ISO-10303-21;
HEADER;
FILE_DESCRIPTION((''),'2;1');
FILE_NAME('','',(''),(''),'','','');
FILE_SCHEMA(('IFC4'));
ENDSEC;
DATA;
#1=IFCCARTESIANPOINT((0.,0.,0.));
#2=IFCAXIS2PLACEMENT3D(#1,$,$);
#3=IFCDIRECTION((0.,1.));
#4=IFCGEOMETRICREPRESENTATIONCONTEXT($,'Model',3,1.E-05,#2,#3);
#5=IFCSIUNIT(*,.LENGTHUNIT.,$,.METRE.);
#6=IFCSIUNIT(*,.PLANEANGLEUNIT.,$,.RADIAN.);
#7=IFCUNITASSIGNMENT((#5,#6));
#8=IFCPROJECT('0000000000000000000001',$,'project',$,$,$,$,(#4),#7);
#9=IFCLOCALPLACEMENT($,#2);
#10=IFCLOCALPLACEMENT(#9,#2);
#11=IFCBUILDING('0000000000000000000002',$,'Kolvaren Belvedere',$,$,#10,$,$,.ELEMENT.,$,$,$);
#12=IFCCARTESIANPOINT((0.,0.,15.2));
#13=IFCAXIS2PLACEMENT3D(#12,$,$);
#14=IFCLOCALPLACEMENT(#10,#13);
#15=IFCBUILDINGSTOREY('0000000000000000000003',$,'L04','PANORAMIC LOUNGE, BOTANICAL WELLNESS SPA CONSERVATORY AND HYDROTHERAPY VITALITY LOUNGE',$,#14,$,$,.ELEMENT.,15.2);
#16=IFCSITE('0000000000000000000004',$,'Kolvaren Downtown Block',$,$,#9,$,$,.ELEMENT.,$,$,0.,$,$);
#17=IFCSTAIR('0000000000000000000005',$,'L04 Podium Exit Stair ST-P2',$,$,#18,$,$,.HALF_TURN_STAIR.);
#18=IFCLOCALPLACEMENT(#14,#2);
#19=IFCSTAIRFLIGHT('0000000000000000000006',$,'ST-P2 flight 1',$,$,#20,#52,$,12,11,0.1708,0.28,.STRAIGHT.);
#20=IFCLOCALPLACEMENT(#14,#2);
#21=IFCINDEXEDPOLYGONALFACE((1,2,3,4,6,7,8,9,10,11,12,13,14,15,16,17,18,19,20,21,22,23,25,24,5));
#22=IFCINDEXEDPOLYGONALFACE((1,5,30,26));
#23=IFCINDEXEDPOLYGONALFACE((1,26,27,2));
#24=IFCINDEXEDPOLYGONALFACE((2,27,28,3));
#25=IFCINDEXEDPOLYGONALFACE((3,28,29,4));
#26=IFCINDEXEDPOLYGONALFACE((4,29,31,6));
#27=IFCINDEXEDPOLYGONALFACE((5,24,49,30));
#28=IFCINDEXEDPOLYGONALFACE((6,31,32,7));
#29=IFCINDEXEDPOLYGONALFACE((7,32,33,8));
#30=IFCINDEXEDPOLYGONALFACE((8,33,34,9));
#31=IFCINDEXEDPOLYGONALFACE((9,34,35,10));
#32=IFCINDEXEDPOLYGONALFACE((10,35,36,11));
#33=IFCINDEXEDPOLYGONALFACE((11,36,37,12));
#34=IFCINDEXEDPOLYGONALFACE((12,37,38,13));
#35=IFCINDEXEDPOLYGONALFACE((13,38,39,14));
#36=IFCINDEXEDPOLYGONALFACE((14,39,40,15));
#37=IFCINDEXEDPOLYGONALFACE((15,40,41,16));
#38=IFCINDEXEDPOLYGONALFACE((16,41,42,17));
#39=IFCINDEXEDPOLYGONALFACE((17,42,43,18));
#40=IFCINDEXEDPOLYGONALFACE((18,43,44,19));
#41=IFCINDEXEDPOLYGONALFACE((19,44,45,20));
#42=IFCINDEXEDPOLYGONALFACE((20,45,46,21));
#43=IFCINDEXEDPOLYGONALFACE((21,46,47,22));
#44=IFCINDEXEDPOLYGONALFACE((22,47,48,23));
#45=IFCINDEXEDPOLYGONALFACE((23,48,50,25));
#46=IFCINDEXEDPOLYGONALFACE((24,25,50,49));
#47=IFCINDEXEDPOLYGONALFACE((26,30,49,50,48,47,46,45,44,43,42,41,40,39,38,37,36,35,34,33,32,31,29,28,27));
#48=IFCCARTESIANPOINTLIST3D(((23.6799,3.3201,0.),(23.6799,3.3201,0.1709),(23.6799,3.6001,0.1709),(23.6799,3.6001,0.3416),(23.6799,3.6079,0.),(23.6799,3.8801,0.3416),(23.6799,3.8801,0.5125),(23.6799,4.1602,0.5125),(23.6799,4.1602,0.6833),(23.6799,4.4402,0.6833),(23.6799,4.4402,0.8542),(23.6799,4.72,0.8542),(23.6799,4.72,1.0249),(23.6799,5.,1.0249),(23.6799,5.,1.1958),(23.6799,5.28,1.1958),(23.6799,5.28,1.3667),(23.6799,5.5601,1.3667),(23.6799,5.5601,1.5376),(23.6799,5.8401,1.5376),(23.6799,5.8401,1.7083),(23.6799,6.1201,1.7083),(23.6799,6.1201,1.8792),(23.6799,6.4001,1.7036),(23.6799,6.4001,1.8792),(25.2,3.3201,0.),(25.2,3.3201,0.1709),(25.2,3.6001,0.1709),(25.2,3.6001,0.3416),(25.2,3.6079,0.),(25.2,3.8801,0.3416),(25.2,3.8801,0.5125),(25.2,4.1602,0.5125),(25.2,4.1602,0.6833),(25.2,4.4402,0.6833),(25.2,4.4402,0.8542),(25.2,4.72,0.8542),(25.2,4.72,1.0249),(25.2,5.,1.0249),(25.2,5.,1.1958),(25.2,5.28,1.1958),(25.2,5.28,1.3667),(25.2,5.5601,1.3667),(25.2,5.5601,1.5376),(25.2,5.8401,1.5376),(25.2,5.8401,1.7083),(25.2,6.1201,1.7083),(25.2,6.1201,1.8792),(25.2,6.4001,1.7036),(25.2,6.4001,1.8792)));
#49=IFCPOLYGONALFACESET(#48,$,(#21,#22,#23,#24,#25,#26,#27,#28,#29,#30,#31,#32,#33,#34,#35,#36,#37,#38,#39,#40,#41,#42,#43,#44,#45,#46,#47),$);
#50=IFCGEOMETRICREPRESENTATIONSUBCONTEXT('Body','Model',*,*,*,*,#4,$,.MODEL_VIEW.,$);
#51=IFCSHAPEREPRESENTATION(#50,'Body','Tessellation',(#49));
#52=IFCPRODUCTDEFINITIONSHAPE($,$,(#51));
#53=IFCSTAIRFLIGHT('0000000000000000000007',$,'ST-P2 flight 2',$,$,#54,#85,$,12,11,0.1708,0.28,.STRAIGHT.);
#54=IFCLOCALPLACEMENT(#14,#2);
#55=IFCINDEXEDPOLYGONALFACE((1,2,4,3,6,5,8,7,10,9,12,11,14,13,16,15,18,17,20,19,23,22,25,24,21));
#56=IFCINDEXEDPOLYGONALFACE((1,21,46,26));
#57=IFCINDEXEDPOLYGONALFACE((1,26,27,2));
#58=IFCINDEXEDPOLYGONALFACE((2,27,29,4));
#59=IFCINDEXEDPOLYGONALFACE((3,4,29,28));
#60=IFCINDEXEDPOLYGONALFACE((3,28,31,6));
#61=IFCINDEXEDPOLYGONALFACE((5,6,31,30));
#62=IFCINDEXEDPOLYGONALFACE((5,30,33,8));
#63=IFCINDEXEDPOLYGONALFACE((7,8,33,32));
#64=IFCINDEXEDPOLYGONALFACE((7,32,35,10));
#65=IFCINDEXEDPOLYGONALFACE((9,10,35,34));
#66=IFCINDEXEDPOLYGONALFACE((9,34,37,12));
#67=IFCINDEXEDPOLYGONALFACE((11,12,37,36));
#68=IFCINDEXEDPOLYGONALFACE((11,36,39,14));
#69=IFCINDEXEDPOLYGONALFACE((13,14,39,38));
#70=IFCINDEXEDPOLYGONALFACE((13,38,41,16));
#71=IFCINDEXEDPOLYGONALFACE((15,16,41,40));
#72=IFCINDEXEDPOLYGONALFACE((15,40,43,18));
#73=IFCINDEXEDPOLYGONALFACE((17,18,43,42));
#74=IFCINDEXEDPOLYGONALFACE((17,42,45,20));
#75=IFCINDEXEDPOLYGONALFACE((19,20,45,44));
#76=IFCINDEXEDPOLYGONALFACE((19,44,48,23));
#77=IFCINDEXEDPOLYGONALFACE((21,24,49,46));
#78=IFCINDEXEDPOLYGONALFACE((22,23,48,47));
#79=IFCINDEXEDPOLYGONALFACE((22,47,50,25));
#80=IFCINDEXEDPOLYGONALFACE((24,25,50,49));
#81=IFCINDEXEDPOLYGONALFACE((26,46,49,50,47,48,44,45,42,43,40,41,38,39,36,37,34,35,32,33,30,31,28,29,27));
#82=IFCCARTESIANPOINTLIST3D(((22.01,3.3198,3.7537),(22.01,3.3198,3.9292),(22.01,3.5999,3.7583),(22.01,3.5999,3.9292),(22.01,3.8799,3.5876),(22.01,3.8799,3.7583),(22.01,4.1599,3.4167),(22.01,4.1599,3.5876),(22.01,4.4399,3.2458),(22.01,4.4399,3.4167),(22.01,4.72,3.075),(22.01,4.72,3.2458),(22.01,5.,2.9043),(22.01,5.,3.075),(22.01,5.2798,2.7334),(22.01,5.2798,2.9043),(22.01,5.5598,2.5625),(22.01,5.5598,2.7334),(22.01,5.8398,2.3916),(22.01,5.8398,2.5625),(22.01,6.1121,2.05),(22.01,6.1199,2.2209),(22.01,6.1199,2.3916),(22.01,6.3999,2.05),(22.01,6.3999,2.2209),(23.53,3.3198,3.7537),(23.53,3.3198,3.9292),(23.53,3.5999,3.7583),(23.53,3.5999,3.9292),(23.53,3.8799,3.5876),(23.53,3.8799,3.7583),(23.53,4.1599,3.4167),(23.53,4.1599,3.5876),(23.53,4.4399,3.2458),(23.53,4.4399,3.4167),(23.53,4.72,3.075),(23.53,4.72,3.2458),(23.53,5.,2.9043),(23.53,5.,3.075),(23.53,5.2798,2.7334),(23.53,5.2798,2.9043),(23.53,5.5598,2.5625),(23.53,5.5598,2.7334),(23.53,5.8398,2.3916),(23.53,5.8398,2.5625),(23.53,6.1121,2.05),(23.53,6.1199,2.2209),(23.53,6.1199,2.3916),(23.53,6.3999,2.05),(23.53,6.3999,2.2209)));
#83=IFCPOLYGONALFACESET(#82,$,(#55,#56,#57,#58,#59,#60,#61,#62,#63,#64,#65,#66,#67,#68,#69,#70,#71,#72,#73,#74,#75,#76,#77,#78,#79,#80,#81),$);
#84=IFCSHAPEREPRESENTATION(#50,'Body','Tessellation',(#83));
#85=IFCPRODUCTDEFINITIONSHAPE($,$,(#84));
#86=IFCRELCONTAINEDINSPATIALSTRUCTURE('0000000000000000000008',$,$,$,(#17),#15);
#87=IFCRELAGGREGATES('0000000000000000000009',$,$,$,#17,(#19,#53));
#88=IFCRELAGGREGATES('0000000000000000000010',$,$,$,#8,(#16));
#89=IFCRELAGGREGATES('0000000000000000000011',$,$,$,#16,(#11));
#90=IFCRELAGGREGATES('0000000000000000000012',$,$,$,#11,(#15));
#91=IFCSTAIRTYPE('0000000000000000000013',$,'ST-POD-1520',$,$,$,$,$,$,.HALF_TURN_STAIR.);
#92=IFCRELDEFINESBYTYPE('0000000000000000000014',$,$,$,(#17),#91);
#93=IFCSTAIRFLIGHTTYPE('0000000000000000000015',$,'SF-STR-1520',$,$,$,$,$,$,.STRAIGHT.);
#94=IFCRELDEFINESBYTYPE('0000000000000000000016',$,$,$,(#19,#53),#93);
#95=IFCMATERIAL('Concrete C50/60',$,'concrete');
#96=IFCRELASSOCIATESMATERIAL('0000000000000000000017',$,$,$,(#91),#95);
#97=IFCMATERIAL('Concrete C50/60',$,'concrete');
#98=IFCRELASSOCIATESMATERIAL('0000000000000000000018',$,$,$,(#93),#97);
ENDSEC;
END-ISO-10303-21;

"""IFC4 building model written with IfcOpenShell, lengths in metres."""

from ifc_helpers import new_model, si_unit, direction, frame, origin, place, context, subcontext, project, spatial, polyline, outline, extrude, material, type_object, element, aggregate, save


model = new_model("IFC4")

# Units and contexts
model_context = context("Model", 3, precision=1e-05, world=origin(), true_north=direction((0.0, 1.0)))
body_context = subcontext(model_context, "Body", "Model", "MODEL_VIEW")
ifc_project = project(units=[si_unit("LENGTHUNIT", "METRE"), si_unit("PLANEANGLEUNIT", "RADIAN")], contexts=[model_context])

# Site, building, storey
site_placement = place(None, origin())
site = spatial("IfcSite", under=ifc_project, at=site_placement, Name="Kolvaren Downtown Block", CompositionType="ELEMENT", RefElevation=0.0)
building_placement = place(site_placement, origin())
building = spatial("IfcBuilding", under=site, at=building_placement, Name="Kolvaren Belvedere", CompositionType="ELEMENT")
storey_placement = place(building_placement, frame((0.0, 0.0, 15.2)))
storey = spatial("IfcBuildingStorey", under=building, at=storey_placement, Name="L04", Description="PANORAMIC LOUNGE, BOTANICAL WELLNESS SPA CONSERVATORY AND HYDROTHERAPY VITALITY LOUNGE", CompositionType="ELEMENT", Elevation=15.2)

# Stair, stair flights
ifc_material_1 = material(Name="Concrete C50/60", Category="concrete")
stair_type = type_object("IfcStairType", Name="ST-POD-1520", PredefinedType="HALF_TURN_STAIR", material=ifc_material_1)
stair_placement = place(storey_placement, origin())
stair = element("IfcStair", 1, at=stair_placement, inside=storey, type_object=stair_type, Name="L04 Podium Exit Stair ST-P2", PredefinedType="HALF_TURN_STAIR")
ifc_material_2 = material(Name="Concrete C50/60", Category="concrete")
stair_flight_type = type_object("IfcStairFlightType", Name="SF-STR-1520", PredefinedType="STRAIGHT", material=ifc_material_2)
stair_flight_1_placement = place(storey_placement, frame((24.4399, 3.3201, 0.0), z_axis=(0.0, 0.0, 1.0), x_axis=(0.0, 1.0, 0.0)))
stair_flight_1 = element("IfcStairFlight", 2, at=stair_flight_1_placement, type_object=stair_flight_type, Name="ST-P2 flight 1", NumberOfRisers=12, NumberOfTreads=11, PredefinedType="STRAIGHT", RiserHeight=0.1708, TreadLength=0.28, context=body_context, shape_type="SweptSolid", body=[
    extrude(outline(polyline([(0.0, 0.0), (0.0, 0.1709), (0.28, 0.1709), (0.28, 0.3416), (0.5601, 0.3416), (0.5601, 0.5125), (0.8401, 0.5125), (0.8401, 0.6833), (1.1201, 0.6833), (1.1201, 0.8542), (1.3999, 0.8542), (1.3999, 1.0249), (1.6799, 1.0249), (1.6799, 1.1958), (1.96, 1.1958), (1.96, 1.3667), (2.24, 1.3667), (2.24, 1.5376), (2.52, 1.5376), (2.52, 1.7083), (2.8, 1.7083), (2.8, 1.8792), (3.0801, 1.8792), (3.0801, 2.05), (3.0801, 1.7036), (0.2878, 0.0), (0.0, 0.0)])), frame((0.0, 0.76, 0.0), z_axis=(0.0, -1.0, 0.0), x_axis=(1.0, 0.0, 0.0)), (0.0, 0.0, 1.0), 1.52),
])
stair_flight_2_placement = place(storey_placement, frame((22.77, 6.3999, 2.05), z_axis=(0.0, 0.0, 1.0), x_axis=(0.0, -1.0, 0.0)))
stair_flight_2 = element("IfcStairFlight", 3, at=stair_flight_2_placement, type_object=stair_flight_type, Name="ST-P2 flight 2", NumberOfRisers=12, NumberOfTreads=11, PredefinedType="STRAIGHT", RiserHeight=0.1708, TreadLength=0.28, context=body_context, shape_type="SweptSolid", body=[
    extrude(outline(polyline([(0.0, 0.0), (0.0, 0.1709), (0.28, 0.1709), (0.28, 0.3416), (0.5601, 0.3416), (0.5601, 0.5125), (0.8401, 0.5125), (0.8401, 0.6833), (1.1201, 0.6833), (1.1201, 0.8542), (1.3999, 0.8542), (1.3999, 1.0249), (1.6799, 1.0249), (1.6799, 1.1958), (1.96, 1.1958), (1.96, 1.3667), (2.24, 1.3667), (2.24, 1.5376), (2.52, 1.5376), (2.52, 1.7083), (2.8, 1.7083), (2.8, 1.8792), (3.0801, 1.8792), (3.0801, 2.05), (3.0801, 1.7036), (0.2878, 0.0), (0.0, 0.0)])), frame((0.0, 0.76, 0.0), z_axis=(0.0, -1.0, 0.0), x_axis=(1.0, 0.0, 0.0)), (0.0, 0.0, 1.0), 1.52),
])
aggregate(stair, [stair_flight_1, stair_flight_2])

save(model, "model.ifc")
